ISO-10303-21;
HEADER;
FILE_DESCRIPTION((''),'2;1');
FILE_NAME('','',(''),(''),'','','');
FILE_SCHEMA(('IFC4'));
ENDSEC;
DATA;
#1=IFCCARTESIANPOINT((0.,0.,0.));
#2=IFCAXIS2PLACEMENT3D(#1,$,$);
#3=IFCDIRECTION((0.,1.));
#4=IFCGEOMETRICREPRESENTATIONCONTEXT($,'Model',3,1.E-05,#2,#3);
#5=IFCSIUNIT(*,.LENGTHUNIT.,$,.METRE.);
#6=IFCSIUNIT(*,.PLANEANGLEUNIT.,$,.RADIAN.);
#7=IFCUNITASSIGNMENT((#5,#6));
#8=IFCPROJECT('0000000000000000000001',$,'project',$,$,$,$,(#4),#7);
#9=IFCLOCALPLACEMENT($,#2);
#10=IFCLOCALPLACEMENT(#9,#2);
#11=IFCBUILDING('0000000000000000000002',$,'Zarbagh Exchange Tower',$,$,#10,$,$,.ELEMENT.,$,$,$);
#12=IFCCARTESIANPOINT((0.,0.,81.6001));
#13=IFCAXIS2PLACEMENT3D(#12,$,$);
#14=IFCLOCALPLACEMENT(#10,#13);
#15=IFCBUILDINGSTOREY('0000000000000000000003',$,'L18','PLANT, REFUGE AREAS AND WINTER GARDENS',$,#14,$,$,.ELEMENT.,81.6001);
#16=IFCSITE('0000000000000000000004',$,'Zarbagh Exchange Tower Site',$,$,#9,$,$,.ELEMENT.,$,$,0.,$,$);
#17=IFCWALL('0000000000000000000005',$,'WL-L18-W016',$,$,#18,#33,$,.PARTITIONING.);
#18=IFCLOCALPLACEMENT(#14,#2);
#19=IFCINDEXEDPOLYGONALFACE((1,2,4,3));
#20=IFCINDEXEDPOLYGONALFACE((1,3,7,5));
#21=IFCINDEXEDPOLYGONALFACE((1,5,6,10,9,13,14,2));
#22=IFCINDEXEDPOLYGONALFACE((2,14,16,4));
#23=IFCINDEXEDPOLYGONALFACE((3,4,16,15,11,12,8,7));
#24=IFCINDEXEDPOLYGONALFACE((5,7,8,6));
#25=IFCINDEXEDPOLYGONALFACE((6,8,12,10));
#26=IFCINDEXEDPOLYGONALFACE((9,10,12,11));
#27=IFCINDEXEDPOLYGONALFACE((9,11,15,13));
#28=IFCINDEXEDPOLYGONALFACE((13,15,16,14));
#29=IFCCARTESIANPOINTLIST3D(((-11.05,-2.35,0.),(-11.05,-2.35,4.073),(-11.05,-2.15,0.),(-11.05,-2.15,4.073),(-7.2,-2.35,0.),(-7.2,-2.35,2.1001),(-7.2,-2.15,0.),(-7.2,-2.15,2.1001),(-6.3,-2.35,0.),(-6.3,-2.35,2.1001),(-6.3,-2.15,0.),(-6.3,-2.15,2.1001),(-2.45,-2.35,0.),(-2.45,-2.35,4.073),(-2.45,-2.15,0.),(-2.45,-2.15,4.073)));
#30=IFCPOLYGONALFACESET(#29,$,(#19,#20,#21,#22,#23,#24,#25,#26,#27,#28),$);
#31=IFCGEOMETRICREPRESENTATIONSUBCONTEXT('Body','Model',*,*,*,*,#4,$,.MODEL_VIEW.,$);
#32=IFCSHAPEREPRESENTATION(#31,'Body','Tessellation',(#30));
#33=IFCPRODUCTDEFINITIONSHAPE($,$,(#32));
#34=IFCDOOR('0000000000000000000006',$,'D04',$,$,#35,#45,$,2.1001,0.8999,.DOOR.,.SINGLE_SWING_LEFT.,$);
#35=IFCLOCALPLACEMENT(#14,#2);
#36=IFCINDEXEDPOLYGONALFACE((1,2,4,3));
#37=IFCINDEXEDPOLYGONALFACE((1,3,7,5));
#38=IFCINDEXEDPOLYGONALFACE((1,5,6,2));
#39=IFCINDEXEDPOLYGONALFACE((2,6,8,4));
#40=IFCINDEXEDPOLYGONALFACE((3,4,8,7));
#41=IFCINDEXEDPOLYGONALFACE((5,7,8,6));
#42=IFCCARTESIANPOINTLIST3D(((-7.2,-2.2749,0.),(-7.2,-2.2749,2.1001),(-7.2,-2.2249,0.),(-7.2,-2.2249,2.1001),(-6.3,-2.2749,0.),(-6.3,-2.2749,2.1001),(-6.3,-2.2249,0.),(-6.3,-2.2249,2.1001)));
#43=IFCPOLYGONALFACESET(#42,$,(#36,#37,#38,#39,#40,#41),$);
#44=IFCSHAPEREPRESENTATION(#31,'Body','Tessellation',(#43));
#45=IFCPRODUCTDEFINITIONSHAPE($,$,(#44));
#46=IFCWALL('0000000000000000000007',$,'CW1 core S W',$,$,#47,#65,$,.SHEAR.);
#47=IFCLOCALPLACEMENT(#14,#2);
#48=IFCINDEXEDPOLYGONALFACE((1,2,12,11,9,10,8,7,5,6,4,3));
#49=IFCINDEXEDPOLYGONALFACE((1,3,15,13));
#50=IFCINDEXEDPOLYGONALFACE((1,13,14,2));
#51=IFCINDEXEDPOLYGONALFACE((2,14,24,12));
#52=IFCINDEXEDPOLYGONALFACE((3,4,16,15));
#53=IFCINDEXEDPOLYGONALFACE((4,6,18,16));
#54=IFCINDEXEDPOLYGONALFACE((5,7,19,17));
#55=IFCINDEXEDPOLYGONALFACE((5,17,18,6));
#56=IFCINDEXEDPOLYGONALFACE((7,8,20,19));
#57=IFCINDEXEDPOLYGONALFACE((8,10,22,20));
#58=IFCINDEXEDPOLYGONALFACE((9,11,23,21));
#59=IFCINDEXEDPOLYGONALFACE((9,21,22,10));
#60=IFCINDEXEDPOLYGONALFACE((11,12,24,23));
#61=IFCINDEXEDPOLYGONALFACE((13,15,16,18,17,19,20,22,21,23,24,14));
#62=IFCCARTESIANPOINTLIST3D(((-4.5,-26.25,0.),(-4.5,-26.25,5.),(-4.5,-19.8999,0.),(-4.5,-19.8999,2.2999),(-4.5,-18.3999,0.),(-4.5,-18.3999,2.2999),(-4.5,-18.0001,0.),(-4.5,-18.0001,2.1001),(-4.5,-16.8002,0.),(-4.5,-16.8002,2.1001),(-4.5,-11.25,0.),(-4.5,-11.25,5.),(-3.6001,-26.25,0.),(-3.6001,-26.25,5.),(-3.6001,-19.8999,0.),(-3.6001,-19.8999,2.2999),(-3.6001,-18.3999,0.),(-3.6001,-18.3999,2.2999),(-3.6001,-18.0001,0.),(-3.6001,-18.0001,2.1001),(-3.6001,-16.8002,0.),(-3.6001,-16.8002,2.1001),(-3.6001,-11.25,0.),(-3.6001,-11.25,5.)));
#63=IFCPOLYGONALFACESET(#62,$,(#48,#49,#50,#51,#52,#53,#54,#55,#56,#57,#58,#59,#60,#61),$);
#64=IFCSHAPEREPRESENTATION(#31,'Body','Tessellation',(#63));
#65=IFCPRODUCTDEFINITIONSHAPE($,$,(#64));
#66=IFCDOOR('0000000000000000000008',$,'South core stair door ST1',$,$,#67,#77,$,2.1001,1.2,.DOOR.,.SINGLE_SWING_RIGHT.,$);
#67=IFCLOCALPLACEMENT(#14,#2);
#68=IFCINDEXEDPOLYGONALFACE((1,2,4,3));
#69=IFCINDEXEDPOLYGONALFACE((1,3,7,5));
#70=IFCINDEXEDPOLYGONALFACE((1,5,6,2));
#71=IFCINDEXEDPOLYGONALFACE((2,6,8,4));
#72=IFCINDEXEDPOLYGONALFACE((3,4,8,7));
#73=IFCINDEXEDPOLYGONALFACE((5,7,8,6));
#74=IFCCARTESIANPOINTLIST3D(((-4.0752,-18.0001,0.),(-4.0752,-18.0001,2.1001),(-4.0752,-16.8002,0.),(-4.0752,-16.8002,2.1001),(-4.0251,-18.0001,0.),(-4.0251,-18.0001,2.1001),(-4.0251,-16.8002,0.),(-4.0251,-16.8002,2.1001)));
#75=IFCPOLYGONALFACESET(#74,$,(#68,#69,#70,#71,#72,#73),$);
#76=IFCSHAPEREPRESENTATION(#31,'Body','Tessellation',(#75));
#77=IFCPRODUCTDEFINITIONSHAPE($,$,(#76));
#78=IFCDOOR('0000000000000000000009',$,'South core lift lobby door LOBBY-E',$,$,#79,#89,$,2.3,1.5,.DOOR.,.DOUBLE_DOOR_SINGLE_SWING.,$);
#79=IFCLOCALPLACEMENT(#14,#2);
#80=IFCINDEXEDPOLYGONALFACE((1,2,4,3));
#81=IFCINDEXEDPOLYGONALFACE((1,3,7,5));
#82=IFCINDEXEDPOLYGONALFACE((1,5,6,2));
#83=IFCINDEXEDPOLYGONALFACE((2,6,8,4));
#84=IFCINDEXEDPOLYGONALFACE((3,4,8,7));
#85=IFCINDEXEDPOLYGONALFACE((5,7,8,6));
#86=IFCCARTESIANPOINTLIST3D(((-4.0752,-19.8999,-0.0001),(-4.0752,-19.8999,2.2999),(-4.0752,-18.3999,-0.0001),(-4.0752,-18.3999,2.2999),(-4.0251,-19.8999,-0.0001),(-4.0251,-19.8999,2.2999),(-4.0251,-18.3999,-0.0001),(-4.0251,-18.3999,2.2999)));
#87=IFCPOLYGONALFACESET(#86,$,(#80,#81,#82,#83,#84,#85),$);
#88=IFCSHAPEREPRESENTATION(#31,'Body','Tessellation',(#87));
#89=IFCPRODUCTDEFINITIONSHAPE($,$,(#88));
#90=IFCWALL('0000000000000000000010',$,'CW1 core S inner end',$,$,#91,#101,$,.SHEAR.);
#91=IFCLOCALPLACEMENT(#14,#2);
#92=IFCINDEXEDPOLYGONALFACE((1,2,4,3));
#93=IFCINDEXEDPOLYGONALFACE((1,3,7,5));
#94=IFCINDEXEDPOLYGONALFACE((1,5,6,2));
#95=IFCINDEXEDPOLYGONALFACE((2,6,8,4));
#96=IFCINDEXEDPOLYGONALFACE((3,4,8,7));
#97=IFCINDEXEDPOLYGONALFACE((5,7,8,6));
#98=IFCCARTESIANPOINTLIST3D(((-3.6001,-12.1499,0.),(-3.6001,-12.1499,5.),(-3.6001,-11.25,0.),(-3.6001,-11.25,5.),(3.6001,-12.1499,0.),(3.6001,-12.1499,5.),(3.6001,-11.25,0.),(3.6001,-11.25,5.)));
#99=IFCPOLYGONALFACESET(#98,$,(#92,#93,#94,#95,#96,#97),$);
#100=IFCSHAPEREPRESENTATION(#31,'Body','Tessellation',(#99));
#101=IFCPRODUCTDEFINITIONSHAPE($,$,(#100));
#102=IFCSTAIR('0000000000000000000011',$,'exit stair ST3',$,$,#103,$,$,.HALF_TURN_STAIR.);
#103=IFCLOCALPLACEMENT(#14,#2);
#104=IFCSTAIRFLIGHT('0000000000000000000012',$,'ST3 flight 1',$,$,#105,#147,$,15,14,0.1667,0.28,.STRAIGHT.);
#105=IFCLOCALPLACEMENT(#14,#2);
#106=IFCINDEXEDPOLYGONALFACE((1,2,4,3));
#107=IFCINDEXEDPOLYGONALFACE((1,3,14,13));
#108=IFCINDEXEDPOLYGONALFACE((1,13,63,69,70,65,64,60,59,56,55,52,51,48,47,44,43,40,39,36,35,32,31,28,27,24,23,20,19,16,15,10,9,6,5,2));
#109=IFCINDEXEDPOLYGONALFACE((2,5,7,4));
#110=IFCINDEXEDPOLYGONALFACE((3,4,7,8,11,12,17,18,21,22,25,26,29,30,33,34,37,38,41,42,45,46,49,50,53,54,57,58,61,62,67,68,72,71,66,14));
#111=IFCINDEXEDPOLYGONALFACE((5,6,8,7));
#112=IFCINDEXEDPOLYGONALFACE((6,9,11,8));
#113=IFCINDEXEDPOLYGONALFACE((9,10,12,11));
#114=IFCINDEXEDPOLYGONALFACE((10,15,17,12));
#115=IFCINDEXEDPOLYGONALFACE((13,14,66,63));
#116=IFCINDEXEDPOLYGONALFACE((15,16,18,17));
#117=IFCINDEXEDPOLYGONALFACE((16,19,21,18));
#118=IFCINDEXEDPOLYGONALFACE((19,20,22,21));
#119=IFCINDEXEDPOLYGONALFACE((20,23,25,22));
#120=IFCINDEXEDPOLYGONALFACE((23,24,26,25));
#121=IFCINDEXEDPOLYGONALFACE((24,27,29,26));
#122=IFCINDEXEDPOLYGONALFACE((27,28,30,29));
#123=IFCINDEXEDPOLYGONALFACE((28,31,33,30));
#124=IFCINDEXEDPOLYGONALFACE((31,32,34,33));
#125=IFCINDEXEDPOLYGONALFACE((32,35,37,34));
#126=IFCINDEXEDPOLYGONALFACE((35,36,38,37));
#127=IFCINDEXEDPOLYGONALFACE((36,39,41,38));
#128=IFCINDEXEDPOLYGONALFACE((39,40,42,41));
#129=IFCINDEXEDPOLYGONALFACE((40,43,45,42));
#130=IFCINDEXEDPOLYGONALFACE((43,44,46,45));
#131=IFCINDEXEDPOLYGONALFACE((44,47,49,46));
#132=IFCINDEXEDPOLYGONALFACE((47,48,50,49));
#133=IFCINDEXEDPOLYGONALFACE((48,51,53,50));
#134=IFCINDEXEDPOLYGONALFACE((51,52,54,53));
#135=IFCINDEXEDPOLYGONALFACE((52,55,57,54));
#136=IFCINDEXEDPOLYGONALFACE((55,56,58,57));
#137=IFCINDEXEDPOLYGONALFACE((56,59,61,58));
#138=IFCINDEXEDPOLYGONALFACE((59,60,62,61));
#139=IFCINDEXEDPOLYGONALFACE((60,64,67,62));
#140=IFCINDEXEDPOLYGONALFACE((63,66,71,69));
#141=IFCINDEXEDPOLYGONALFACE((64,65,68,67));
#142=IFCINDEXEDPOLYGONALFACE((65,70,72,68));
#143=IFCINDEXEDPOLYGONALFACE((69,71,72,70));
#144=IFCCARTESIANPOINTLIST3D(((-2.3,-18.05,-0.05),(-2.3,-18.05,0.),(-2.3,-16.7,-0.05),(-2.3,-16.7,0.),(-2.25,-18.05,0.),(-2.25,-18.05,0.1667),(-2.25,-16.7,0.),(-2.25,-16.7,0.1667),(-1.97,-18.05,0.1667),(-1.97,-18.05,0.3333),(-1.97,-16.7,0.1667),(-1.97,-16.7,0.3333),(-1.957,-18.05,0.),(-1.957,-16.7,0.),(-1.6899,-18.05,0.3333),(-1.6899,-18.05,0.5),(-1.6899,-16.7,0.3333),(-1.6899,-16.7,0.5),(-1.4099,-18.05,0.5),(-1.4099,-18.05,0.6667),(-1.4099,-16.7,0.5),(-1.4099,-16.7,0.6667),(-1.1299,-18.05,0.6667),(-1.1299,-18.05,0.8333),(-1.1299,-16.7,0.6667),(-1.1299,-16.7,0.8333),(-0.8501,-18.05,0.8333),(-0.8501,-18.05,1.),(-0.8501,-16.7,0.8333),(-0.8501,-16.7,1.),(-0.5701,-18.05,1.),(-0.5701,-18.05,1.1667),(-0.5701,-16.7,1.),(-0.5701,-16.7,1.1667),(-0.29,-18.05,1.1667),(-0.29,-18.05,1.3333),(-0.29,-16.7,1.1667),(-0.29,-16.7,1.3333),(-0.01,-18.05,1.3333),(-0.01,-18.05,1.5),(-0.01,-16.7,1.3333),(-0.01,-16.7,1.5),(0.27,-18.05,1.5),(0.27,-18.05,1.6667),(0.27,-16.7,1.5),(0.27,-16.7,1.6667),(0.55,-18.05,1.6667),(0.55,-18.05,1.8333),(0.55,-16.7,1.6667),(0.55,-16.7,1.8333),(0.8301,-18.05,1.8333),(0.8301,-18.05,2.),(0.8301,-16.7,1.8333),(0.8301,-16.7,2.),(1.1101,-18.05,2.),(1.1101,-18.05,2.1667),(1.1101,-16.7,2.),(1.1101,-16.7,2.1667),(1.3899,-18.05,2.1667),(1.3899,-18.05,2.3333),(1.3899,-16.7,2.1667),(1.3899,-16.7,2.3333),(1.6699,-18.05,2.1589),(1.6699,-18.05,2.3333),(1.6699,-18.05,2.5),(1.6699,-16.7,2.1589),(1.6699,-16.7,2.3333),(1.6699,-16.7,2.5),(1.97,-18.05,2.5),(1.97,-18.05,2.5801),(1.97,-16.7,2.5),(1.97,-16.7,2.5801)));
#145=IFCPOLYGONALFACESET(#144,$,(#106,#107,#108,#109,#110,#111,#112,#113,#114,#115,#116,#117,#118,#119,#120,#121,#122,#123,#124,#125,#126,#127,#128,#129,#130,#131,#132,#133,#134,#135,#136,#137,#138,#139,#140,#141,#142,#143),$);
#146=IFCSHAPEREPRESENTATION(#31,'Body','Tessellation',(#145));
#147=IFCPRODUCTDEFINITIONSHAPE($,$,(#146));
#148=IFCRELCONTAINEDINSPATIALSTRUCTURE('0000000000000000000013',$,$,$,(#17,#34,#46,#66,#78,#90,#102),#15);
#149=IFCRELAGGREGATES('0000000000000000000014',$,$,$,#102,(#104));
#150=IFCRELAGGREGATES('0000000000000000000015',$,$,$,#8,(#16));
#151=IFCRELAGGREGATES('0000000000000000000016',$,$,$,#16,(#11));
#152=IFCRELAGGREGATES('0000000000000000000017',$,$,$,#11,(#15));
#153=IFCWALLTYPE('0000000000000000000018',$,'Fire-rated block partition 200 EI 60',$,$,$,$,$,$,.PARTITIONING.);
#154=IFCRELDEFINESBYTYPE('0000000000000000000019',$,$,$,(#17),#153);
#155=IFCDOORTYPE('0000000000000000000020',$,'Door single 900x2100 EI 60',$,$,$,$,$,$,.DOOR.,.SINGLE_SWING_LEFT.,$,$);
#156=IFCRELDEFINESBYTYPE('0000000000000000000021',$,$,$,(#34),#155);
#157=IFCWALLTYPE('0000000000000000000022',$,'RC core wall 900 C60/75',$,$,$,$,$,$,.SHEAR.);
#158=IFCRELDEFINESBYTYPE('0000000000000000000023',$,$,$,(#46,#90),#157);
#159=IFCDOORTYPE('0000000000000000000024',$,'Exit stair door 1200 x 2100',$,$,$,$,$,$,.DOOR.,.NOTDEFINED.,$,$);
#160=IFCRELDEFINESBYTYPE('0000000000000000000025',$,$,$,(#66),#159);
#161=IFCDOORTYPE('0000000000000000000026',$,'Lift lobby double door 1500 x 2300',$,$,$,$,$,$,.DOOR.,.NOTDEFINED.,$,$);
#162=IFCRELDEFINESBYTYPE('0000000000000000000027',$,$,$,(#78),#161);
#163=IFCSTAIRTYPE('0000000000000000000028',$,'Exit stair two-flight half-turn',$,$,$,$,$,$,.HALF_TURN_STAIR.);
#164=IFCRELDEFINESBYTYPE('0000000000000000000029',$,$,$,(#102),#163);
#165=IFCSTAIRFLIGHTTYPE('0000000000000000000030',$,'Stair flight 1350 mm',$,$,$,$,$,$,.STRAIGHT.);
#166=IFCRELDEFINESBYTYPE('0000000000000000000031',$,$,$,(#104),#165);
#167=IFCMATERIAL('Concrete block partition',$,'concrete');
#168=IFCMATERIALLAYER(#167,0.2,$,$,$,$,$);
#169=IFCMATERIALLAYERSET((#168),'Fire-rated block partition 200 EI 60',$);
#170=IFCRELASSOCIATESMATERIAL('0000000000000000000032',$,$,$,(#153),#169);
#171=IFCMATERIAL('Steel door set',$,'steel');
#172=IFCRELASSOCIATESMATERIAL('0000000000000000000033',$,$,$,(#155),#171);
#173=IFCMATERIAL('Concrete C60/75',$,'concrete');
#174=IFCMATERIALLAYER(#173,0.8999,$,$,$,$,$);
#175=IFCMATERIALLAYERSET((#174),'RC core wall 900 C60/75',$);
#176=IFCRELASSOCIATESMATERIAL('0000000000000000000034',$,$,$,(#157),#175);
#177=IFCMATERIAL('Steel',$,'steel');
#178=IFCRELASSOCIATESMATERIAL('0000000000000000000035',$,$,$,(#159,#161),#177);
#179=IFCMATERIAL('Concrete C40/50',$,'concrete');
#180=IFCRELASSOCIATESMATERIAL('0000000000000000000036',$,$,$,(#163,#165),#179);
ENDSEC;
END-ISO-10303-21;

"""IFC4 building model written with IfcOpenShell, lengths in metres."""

from ifc_helpers import new_model, si_unit, direction, frame, frame_2d, origin, place, context, subcontext, project, spatial, polyline, rectangle, outline, extrude, material, layer, layer_set, type_object, element, fill, aggregate, save


model = new_model("IFC4")

# Units and contexts
model_context = context("Model", 3, precision=1e-05, world=origin(), true_north=direction((0.0, 1.0)))
body_context = subcontext(model_context, "Body", "Model", "MODEL_VIEW")
ifc_project = project(units=[si_unit("LENGTHUNIT", "METRE"), si_unit("PLANEANGLEUNIT", "RADIAN")], contexts=[model_context])

# Site, building, storey
site_placement = place(None, origin())
site = spatial("IfcSite", under=ifc_project, at=site_placement, Name="Zarbagh Exchange Tower Site", CompositionType="ELEMENT", RefElevation=0.0)
building_placement = place(site_placement, origin())
building = spatial("IfcBuilding", under=site, at=building_placement, Name="Zarbagh Exchange Tower", CompositionType="ELEMENT")
storey_placement = place(building_placement, frame((0.0, 0.0, 81.6001)))
storey = spatial("IfcBuildingStorey", under=building, at=storey_placement, Name="L18", Description="PLANT, REFUGE AREAS AND WINTER GARDENS", CompositionType="ELEMENT", Elevation=81.6001)

# Shared definitions
ifc_material_1 = material(Name="Concrete C60/75", Category="concrete")

# Shared definitions
ifc_material_2 = material(Name="Concrete block partition", Category="concrete")
ifc_layer_1 = layer(ifc_material_2, 0.2)
ifc_layer_set_1 = layer_set([ifc_layer_1], Name="Fire-rated block partition 200 EI 60")
wall_type_1 = type_object("IfcWallType", Name="Fire-rated block partition 200 EI 60", PredefinedType="PARTITIONING", material=ifc_layer_set_1)

# Wall, opening, door
wall_1_placement = place(storey_placement, frame((-2.45, -2.25, 0.0), z_axis=(0.0, 0.0, 1.0), x_axis=(-1.0, 0.0, 0.0)))
wall_1 = element("IfcWall", 1, at=wall_1_placement, inside=storey, type_object=wall_type_1, Name="WL-L18-W016", PredefinedType="PARTITIONING", context=body_context, shape_type="SweptSolid", body=[
    extrude(rectangle(XDim=8.6001, YDim=0.2, at=frame_2d((4.3, 0.0))), origin(), (0.0, 0.0, 1.0), 4.073),
])
opening_1_placement = place(wall_1_placement, frame((3.8501, 0.0, 0.0)))
opening_1 = element("IfcOpeningElement", 2, at=opening_1_placement, cuts=wall_1, PredefinedType="OPENING", context=body_context, shape_type="SweptSolid", body=[
    extrude(rectangle(XDim=0.8999, YDim=2.1001, at=frame_2d((0.45, 1.05))), frame((0.0, 0.1099, 0.0), z_axis=(0.0, -1.0, 0.0), x_axis=(1.0, 0.0, 0.0)), (0.0, 0.0, 1.0), 0.22),
])
ifc_material_3 = material(Name="Steel door set", Category="steel")
door_type_1 = type_object("IfcDoorType", Name="Door single 900x2100 EI 60", OperationType="SINGLE_SWING_LEFT", PredefinedType="DOOR", material=ifc_material_3)
door_1_placement = place(opening_1_placement, origin())
door_1 = element("IfcDoor", 3, at=door_1_placement, inside=storey, type_object=door_type_1, Name="D04", OperationType="SINGLE_SWING_LEFT", OverallHeight=2.1001, OverallWidth=0.8999, PredefinedType="DOOR", context=body_context, shape_type="SweptSolid", body=[
    extrude(rectangle(XDim=0.8999, YDim=2.1001, at=frame_2d((0.45, 1.05))), frame((0.0, 0.0249, 0.0), z_axis=(0.0, -1.0, 0.0), x_axis=(1.0, 0.0, 0.0)), (0.0, 0.0, 1.0), 0.05),
])
fill(opening_1, door_1)

# Wall, openings, doors
ifc_layer_2 = layer(ifc_material_1, 0.8999)
ifc_layer_set_2 = layer_set([ifc_layer_2], Name="RC core wall 900 C60/75")
wall_type_2 = type_object("IfcWallType", Name="RC core wall 900 C60/75", PredefinedType="SHEAR", material=ifc_layer_set_2)
wall_2_placement = place(storey_placement, frame((-4.05, -11.25, 0.0), z_axis=(0.0, 0.0, 1.0), x_axis=(0.0, -1.0, 0.0)))
wall_2 = element("IfcWall", 4, at=wall_2_placement, inside=storey, type_object=wall_type_2, Name="CW1 core S W", PredefinedType="SHEAR", context=body_context, shape_type="SweptSolid", body=[
    extrude(rectangle(XDim=15.0, YDim=0.8999, at=frame_2d((7.5, 0.0))), origin(), (0.0, 0.0, 1.0), 5.0),
])
opening_2_placement = place(wall_2_placement, frame((7.1499, 0.0, 0.0)))
opening_2 = element("IfcOpeningElement", 5, at=opening_2_placement, cuts=wall_2, PredefinedType="OPENING", context=body_context, shape_type="SweptSolid", body=[
    extrude(rectangle(XDim=1.5, YDim=2.3, at=frame_2d((0.75, 1.1499))), frame((0.0, 0.46, 0.0), z_axis=(0.0, -1.0, 0.0), x_axis=(1.0, 0.0, 0.0)), (0.0, 0.0, 1.0), 0.9199),
])
opening_3_placement = place(wall_2_placement, frame((5.55, 0.0, 0.0)))
opening_3 = element("IfcOpeningElement", 6, at=opening_3_placement, cuts=wall_2, PredefinedType="OPENING", context=body_context, shape_type="SweptSolid", body=[
    extrude(rectangle(XDim=1.2, YDim=2.1001, at=frame_2d((0.6001, 1.05))), frame((0.0, 0.46, 0.0), z_axis=(0.0, -1.0, 0.0), x_axis=(1.0, 0.0, 0.0)), (0.0, 0.0, 1.0), 0.9199),
])
ifc_material_4 = material(Name="Steel", Category="steel")
door_type_2 = type_object("IfcDoorType", Name="Exit stair door 1200 x 2100", OperationType="NOTDEFINED", PredefinedType="DOOR", material=ifc_material_4)
door_2_placement = place(opening_3_placement, origin())
door_2 = element("IfcDoor", 7, at=door_2_placement, inside=storey, type_object=door_type_2, Name="South core stair door ST1", OperationType="SINGLE_SWING_RIGHT", OverallHeight=2.1001, OverallWidth=1.2, PredefinedType="DOOR", context=body_context, shape_type="SweptSolid", body=[
    extrude(rectangle(XDim=1.2, YDim=2.1001, at=frame_2d((0.6001, 1.05))), frame((0.0, 0.0249, 0.0), z_axis=(0.0, -1.0, 0.0), x_axis=(1.0, 0.0, 0.0)), (0.0, 0.0, 1.0), 0.05),
])
fill(opening_3, door_2)
door_type_3 = type_object("IfcDoorType", Name="Lift lobby double door 1500 x 2300", OperationType="NOTDEFINED", PredefinedType="DOOR", material=ifc_material_4)
door_3_placement = place(opening_2_placement, origin())
door_3 = element("IfcDoor", 8, at=door_3_placement, inside=storey, type_object=door_type_3, Name="South core lift lobby door LOBBY-E", OperationType="DOUBLE_DOOR_SINGLE_SWING", OverallHeight=2.3, OverallWidth=1.5, PredefinedType="DOOR", context=body_context, shape_type="SweptSolid", body=[
    extrude(rectangle(XDim=1.5, YDim=2.3, at=frame_2d((0.75, 1.1499))), frame((0.0, 0.0249, 0.0), z_axis=(0.0, -1.0, 0.0), x_axis=(1.0, 0.0, 0.0)), (0.0, 0.0, 1.0), 0.05),
])
fill(opening_2, door_3)

# Wall
wall_3_placement = place(storey_placement, frame((-3.6001, -11.7, 0.0), z_axis=(0.0, 0.0, 1.0), x_axis=(1.0, 0.0, 0.0)))
element("IfcWall", 9, at=wall_3_placement, inside=storey, type_object=wall_type_2, Name="CW1 core S inner end", PredefinedType="SHEAR", context=body_context, shape_type="SweptSolid", body=[
    extrude(rectangle(XDim=7.2002, YDim=0.8999, at=frame_2d((3.6001, 0.0))), origin(), (0.0, 0.0, 1.0), 5.0),
])

# Stair, stair flight
ifc_material_5 = material(Name="Concrete C40/50", Category="concrete")
stair_type = type_object("IfcStairType", Name="Exit stair two-flight half-turn", PredefinedType="HALF_TURN_STAIR", material=ifc_material_5)
stair_1_placement = place(storey_placement, origin())
stair_1 = element("IfcStair", 10, at=stair_1_placement, inside=storey, type_object=stair_type, Name="exit stair ST3", PredefinedType="HALF_TURN_STAIR")
stair_flight_type = type_object("IfcStairFlightType", Name="Stair flight 1350 mm", PredefinedType="STRAIGHT", material=ifc_material_5)
stair_flight_1_placement = place(storey_placement, frame((-2.25, -17.375, 0.0), z_axis=(0.0, 0.0, 1.0), x_axis=(1.0, 0.0, 0.0)))
stair_flight_1 = element("IfcStairFlight", 11, at=stair_flight_1_placement, type_object=stair_flight_type, Name="ST3 flight 1", NumberOfRisers=15, NumberOfTreads=14, PredefinedType="STRAIGHT", RiserHeight=0.1667, TreadLength=0.28, context=body_context, shape_type="SweptSolid", body=[
    extrude(outline(polyline([(-0.05, -0.05), (-0.05, 0.0), (0.0, 0.0), (0.0, 0.1667), (0.28, 0.1667), (0.28, 0.3333), (0.5601, 0.3333), (0.5601, 0.5), (0.8401, 0.5), (0.8401, 0.6667), (1.1201, 0.6667), (1.1201, 0.8333), (1.3999, 0.8333), (1.3999, 1.0), (1.6799, 1.0), (1.6799, 1.1667), (1.96, 1.1667), (1.96, 1.3333), (2.24, 1.3333), (2.24, 1.5), (2.52, 1.5), (2.52, 1.6667), (2.8, 1.6667), (2.8, 1.8333), (3.0801, 1.8333), (3.0801, 2.0), (3.3601, 2.0), (3.3601, 2.1667), (3.6399, 2.1667), (3.6399, 2.3333), (3.9199, 2.3333), (3.9199, 2.5), (4.22, 2.5801), (4.22, 2.5), (3.9199, 2.1589), (0.293, 0.0), (-0.05, -0.05)])), frame((0.0, 0.675, 0.0), z_axis=(0.0, -1.0, 0.0), x_axis=(1.0, 0.0, 0.0)), (0.0, 0.0, 1.0), 1.3501),
])
aggregate(stair_1, [stair_flight_1])

save(model, "model.ifc")
